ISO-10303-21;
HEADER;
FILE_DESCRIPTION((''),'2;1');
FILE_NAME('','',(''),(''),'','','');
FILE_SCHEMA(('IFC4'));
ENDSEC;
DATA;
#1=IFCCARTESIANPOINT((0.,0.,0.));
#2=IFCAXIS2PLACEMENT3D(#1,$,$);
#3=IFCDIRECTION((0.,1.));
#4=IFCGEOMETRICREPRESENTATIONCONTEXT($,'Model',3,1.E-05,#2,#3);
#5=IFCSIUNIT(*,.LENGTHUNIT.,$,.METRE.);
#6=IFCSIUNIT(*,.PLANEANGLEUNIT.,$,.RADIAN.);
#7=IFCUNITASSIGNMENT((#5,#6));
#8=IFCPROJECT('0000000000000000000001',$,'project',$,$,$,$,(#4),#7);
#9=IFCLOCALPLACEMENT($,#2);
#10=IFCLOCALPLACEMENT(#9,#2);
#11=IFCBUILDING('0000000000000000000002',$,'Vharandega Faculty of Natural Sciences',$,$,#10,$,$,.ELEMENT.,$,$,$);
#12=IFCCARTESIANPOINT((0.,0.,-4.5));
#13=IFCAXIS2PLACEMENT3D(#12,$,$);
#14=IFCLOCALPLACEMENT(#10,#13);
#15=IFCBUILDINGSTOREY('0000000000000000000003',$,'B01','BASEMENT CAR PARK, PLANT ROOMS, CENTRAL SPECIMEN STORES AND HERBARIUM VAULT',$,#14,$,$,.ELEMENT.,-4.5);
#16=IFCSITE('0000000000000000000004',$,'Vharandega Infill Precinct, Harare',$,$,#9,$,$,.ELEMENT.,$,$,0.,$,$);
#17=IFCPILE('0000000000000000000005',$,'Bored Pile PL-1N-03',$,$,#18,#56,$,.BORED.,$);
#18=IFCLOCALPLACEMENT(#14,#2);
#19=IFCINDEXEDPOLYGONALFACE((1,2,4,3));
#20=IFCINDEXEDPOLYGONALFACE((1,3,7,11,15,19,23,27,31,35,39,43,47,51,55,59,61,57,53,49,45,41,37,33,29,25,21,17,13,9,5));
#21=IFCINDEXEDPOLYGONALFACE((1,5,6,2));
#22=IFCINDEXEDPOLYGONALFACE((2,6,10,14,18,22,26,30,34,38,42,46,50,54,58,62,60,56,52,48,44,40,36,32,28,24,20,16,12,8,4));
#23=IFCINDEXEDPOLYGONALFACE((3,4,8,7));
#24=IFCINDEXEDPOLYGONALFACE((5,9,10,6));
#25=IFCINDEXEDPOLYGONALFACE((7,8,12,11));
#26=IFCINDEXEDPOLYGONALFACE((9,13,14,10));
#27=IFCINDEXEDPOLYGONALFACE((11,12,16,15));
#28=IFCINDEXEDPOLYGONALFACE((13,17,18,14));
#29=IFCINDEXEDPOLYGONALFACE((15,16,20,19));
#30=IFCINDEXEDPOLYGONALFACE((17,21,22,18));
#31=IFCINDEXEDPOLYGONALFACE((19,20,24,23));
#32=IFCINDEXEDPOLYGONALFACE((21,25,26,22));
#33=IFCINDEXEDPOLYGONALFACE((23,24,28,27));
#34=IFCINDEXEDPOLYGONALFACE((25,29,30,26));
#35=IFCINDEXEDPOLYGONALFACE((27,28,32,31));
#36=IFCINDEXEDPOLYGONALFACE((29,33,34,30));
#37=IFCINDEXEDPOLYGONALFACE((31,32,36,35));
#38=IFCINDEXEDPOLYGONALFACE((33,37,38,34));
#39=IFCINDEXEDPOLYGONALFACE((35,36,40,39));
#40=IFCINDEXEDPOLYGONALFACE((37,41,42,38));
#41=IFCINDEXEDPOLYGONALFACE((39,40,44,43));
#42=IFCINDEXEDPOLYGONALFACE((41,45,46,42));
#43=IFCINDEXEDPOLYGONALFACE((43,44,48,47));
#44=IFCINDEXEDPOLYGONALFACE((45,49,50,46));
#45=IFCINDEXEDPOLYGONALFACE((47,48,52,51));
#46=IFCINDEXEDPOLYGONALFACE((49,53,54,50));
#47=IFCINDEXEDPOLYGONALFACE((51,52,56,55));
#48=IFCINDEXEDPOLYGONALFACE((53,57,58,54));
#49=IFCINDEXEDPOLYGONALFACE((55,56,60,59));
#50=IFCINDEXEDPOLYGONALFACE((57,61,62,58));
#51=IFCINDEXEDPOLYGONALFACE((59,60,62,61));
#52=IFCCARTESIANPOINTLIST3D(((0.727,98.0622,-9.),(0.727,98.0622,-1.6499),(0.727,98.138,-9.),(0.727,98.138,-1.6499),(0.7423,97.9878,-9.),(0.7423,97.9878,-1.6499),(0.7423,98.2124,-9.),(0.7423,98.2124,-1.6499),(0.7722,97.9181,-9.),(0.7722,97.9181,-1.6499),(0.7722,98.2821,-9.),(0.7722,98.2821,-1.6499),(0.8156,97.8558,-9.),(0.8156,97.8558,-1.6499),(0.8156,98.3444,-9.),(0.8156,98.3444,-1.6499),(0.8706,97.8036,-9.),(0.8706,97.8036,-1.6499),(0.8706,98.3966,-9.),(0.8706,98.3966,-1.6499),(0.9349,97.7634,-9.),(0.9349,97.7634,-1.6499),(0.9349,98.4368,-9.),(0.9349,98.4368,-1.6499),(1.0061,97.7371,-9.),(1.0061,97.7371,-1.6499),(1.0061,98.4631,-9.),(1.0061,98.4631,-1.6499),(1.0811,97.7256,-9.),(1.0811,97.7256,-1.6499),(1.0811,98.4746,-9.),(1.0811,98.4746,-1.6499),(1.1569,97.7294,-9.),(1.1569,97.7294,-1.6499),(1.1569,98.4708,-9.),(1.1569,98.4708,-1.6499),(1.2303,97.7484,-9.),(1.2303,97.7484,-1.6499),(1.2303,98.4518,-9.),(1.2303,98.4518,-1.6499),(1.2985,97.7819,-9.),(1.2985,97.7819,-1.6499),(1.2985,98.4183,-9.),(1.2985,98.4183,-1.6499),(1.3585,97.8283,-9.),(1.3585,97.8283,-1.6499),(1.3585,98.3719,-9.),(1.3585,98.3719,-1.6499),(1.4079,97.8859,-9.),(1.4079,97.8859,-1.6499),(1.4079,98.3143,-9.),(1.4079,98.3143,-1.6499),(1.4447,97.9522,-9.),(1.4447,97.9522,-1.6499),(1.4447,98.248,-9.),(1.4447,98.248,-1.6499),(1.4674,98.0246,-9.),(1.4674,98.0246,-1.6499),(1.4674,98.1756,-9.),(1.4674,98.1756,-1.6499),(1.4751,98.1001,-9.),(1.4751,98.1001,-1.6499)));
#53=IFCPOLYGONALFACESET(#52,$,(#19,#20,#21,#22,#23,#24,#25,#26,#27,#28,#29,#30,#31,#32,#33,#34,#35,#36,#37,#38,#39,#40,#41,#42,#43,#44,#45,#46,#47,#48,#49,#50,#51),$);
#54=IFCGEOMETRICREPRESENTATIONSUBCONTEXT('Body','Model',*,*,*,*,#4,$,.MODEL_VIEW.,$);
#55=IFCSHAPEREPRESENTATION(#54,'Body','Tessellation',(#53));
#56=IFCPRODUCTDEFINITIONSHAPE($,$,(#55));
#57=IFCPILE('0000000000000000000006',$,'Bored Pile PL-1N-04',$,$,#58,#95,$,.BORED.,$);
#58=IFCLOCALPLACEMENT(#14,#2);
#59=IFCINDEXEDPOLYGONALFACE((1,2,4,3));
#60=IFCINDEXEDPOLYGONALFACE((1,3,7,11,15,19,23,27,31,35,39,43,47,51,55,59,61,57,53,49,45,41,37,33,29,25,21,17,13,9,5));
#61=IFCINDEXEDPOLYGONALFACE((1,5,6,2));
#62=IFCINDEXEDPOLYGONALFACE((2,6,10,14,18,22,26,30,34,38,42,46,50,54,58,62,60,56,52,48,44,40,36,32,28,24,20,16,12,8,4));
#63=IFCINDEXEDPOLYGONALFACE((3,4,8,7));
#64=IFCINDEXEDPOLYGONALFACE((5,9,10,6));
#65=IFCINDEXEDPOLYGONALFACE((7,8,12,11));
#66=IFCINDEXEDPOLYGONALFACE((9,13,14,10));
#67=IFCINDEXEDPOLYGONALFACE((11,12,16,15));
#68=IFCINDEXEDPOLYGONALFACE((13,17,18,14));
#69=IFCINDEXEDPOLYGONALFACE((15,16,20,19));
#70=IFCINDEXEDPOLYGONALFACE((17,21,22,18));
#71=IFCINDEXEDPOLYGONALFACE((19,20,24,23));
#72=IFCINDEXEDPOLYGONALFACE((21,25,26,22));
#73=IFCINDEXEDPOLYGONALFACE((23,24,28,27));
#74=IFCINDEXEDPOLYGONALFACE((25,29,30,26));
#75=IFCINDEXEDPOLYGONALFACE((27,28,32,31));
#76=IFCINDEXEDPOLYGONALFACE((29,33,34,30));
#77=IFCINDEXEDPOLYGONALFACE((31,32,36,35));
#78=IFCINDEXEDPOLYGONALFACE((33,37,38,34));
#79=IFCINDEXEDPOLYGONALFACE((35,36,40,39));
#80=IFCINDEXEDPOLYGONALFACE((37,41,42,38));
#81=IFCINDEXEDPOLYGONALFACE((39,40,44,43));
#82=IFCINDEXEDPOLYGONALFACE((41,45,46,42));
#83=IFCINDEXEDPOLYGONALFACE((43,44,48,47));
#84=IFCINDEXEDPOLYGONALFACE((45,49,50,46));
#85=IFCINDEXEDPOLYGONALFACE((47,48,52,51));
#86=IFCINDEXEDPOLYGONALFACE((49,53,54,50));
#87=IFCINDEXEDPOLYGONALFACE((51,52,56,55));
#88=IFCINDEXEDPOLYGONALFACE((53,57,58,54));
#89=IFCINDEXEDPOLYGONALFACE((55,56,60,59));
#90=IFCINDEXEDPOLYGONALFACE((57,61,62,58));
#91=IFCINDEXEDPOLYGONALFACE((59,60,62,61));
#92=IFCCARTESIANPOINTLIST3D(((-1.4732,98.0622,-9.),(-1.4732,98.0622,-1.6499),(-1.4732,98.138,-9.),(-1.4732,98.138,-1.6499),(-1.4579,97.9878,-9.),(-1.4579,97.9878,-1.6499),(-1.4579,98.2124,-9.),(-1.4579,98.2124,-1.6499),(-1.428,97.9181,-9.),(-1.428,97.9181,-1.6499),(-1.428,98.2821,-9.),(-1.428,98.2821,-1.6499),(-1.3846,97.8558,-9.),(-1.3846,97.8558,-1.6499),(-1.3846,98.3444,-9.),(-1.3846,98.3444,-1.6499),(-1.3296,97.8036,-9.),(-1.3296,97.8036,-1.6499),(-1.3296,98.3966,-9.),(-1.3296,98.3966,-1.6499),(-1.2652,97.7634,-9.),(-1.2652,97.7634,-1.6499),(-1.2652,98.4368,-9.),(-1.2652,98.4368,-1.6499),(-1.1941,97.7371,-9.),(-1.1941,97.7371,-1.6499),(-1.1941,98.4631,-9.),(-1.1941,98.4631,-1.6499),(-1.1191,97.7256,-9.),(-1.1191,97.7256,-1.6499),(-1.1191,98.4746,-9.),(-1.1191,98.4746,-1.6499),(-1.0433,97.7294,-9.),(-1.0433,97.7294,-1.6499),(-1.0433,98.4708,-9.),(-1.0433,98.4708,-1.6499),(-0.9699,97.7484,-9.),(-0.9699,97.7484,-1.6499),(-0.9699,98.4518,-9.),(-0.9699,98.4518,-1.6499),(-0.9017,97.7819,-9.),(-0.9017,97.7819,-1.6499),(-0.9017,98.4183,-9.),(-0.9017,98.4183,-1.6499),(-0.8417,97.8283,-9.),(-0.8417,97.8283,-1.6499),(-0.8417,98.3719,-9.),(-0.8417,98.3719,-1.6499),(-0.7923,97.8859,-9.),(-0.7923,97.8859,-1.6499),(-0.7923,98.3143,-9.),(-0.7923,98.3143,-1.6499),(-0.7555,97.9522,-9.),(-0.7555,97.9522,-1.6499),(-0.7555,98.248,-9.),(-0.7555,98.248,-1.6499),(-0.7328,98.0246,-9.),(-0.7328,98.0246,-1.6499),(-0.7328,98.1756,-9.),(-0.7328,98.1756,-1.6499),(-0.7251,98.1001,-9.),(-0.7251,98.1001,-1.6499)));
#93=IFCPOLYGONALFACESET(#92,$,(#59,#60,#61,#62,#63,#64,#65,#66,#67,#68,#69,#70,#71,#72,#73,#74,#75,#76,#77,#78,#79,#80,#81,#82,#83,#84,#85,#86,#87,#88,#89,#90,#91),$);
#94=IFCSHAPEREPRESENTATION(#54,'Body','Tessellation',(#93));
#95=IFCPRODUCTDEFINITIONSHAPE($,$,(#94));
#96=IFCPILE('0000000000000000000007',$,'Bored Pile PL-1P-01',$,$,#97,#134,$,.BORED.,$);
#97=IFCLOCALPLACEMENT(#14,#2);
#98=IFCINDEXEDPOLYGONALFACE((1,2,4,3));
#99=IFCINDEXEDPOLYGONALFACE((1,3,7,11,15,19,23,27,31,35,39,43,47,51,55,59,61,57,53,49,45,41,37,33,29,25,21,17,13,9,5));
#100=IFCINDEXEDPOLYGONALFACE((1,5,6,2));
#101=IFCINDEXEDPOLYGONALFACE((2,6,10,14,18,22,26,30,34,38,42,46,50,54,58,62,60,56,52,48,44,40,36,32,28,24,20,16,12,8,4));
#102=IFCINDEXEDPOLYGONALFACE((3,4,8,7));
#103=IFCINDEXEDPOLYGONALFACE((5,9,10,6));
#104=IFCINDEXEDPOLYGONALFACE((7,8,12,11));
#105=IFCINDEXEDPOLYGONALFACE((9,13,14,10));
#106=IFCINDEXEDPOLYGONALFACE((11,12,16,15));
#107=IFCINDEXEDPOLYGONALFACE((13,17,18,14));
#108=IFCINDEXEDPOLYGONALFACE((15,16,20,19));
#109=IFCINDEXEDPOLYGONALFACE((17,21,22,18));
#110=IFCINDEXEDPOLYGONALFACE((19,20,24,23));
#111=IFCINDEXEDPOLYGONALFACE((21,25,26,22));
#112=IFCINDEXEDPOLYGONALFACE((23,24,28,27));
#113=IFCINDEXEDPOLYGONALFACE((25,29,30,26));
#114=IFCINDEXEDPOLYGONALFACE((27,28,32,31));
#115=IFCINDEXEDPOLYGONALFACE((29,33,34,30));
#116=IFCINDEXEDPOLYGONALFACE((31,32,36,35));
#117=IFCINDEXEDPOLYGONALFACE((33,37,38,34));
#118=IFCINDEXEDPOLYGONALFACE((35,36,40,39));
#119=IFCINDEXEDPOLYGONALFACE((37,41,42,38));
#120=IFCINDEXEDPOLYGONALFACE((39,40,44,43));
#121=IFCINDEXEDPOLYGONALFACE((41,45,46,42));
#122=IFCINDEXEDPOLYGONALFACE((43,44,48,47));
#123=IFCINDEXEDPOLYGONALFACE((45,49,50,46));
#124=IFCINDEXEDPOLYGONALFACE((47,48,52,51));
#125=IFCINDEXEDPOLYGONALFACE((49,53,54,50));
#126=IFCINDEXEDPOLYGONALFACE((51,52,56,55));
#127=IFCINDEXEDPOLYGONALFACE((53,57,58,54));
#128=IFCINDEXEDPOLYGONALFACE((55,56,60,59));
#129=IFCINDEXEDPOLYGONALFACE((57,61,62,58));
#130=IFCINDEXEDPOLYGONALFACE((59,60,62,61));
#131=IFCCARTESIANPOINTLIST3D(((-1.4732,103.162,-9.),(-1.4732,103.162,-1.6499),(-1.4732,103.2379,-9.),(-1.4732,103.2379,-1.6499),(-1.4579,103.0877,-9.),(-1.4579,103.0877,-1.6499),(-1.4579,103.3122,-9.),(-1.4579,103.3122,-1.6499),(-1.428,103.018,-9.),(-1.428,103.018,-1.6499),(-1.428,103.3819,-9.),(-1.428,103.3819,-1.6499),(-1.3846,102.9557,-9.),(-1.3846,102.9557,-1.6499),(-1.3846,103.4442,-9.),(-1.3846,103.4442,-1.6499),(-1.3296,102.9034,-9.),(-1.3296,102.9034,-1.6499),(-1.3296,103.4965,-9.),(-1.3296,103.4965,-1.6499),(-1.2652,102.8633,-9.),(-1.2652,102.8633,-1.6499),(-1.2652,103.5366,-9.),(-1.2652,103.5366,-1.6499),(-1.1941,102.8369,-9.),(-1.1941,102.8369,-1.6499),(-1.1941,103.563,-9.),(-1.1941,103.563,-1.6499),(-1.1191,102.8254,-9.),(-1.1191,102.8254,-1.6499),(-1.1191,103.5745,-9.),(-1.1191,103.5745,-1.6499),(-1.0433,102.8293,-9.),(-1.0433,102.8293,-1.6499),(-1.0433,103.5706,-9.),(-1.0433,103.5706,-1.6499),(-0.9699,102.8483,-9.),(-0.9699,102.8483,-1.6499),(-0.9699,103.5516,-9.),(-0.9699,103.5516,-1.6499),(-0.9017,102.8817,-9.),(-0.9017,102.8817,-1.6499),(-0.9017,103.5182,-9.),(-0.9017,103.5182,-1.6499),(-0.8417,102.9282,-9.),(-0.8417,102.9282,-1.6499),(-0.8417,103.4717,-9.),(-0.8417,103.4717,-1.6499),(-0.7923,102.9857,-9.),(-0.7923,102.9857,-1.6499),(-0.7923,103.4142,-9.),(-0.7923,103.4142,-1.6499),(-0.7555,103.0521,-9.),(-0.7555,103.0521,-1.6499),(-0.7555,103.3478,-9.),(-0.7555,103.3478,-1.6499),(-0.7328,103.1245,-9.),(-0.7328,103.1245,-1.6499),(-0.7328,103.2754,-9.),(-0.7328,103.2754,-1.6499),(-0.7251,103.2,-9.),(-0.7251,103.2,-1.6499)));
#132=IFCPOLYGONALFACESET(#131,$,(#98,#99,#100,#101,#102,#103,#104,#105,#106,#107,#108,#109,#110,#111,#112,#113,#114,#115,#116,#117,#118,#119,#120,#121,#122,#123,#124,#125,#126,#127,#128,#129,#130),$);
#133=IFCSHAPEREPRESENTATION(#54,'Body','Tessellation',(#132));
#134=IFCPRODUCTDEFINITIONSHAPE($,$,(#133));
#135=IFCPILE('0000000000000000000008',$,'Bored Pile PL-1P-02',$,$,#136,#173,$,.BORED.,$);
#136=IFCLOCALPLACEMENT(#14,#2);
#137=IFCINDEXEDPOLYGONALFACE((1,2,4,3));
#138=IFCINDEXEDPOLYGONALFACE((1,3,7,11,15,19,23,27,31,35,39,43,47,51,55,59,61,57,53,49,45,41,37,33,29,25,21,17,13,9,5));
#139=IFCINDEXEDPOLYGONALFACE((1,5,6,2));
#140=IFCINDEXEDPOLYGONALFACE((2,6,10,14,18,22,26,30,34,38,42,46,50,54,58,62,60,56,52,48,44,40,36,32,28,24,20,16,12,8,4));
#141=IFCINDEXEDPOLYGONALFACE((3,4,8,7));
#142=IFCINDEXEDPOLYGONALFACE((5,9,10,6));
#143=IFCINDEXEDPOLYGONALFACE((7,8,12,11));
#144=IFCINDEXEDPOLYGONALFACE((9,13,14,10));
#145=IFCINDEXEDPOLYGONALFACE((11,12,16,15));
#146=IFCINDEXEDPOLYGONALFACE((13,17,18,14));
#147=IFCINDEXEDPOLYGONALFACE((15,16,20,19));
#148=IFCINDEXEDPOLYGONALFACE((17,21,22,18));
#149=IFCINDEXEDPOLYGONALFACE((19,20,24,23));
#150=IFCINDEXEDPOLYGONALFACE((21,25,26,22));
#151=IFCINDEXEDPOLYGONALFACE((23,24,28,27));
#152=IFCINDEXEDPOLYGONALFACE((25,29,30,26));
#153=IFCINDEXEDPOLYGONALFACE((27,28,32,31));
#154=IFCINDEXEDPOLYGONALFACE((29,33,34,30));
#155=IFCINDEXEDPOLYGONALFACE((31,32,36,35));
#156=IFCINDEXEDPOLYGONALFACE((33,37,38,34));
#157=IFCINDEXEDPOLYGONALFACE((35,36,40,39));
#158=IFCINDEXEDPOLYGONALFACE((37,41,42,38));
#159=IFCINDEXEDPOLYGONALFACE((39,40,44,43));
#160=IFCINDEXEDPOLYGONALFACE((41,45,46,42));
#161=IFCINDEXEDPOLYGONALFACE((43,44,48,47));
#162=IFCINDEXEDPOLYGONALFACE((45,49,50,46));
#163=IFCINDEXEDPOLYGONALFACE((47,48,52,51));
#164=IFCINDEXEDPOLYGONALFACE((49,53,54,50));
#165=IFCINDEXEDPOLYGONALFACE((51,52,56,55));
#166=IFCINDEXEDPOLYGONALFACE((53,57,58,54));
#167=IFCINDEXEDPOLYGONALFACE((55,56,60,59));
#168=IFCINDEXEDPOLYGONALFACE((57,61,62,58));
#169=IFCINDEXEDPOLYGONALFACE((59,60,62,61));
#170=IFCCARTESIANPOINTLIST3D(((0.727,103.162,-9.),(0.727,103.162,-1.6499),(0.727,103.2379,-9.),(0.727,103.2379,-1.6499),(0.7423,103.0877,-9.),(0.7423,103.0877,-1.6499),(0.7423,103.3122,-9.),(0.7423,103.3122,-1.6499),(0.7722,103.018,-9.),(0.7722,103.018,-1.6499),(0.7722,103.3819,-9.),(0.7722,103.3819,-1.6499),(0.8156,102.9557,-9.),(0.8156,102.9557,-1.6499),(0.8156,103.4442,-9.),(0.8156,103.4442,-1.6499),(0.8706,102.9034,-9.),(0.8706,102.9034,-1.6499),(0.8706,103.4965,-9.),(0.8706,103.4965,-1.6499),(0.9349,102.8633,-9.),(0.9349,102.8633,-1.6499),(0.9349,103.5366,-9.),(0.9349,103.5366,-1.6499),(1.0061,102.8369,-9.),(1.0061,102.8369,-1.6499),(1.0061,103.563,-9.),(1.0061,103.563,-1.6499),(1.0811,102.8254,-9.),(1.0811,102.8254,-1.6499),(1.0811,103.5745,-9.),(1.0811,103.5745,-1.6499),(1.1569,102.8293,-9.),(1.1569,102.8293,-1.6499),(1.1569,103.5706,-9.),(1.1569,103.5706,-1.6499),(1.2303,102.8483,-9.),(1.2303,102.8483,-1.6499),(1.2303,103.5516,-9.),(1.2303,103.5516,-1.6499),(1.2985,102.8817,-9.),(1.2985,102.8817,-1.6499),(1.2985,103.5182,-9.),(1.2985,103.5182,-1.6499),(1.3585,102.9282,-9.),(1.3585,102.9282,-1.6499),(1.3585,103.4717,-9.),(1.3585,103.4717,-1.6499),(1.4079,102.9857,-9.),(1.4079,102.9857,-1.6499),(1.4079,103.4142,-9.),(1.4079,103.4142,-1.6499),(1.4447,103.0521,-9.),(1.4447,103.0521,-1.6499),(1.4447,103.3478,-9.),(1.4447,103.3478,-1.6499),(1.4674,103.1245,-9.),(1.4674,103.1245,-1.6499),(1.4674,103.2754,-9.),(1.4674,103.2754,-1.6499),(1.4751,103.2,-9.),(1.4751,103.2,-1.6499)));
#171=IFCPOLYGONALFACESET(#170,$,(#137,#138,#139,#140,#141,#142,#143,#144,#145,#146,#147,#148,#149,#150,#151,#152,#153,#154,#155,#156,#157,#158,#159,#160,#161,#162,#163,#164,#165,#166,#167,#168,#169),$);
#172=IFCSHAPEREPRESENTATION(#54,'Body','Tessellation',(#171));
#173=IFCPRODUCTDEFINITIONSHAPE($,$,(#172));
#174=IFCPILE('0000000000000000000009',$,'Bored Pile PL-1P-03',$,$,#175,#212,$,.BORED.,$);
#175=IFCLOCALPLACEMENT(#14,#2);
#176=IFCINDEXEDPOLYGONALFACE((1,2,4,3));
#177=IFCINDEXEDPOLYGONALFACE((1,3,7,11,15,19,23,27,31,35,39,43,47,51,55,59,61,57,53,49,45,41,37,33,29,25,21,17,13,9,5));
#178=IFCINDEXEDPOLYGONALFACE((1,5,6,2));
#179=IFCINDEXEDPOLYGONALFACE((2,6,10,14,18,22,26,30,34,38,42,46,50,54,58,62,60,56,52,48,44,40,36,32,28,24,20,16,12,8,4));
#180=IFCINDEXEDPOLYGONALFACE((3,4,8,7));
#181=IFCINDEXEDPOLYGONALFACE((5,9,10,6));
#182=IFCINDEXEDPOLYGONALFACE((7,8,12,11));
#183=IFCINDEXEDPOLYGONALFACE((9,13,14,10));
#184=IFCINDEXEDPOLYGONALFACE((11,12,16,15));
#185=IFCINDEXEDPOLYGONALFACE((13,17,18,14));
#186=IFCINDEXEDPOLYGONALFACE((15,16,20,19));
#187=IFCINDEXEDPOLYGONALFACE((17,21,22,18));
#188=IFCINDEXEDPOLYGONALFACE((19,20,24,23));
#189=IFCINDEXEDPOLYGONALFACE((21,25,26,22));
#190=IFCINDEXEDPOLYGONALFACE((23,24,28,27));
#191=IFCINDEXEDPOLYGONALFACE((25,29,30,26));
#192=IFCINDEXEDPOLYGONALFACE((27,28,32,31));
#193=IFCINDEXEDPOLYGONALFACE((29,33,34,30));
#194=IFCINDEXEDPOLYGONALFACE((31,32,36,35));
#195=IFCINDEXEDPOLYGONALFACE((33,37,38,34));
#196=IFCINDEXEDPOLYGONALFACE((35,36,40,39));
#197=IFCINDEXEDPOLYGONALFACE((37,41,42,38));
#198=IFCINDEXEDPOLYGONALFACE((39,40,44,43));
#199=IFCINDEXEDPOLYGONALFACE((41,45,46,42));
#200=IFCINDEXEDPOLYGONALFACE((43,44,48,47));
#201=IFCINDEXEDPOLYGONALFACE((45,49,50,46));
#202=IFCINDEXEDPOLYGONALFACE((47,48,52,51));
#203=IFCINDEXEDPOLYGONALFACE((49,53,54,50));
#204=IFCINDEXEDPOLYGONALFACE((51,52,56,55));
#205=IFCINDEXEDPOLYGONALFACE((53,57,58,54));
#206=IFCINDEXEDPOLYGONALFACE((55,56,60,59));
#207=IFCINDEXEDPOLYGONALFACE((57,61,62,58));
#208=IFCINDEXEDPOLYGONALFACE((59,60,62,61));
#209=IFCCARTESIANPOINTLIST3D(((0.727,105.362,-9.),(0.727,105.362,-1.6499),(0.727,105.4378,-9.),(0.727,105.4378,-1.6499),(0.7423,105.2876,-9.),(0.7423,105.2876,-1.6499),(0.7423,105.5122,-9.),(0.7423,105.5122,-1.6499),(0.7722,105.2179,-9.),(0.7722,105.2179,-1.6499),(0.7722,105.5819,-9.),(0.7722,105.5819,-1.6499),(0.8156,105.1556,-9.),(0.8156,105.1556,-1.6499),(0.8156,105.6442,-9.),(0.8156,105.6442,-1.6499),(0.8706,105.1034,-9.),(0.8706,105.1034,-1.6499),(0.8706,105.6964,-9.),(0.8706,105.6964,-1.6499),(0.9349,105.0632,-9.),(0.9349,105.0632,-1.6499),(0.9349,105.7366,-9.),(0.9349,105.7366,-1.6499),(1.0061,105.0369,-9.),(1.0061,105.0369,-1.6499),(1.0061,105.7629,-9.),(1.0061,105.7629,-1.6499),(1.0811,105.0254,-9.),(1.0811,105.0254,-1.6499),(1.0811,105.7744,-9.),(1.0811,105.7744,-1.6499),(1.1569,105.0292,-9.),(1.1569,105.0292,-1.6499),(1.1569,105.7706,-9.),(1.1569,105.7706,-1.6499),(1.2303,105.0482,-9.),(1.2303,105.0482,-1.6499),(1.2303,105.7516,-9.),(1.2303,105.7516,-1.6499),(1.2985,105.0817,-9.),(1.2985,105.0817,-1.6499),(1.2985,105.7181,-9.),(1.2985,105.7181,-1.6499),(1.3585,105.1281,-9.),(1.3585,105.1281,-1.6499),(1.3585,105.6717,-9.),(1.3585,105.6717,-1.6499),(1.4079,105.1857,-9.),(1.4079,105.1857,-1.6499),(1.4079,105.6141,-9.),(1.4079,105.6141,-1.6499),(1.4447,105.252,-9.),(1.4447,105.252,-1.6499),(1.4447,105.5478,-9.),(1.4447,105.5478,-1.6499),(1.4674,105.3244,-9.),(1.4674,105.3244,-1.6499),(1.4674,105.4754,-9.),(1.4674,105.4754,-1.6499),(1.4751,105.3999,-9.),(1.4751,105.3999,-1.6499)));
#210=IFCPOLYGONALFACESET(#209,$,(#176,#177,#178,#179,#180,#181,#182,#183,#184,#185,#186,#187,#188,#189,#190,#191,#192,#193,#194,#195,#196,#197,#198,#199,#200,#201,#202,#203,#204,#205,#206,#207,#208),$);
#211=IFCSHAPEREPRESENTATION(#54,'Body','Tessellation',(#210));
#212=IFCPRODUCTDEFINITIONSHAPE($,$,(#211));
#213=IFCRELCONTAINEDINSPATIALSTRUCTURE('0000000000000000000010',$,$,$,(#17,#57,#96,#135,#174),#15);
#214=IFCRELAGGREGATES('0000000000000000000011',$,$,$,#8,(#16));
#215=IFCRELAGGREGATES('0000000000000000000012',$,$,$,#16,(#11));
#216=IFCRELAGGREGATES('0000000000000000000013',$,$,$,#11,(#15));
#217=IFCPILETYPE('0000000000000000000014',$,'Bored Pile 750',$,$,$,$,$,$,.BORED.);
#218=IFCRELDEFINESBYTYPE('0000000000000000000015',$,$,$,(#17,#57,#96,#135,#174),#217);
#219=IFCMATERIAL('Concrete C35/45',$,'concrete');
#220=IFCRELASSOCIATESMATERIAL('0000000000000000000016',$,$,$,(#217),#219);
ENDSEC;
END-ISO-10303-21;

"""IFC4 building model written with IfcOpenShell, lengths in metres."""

from ifc_helpers import new_model, si_unit, direction, frame, origin, origin_2d, place, context, subcontext, project, spatial, circle, extrude, material, material_profile, profile_set, type_object, element, save


model = new_model("IFC4")

# Units and contexts
model_context = context("Model", 3, precision=1e-05, world=origin(), true_north=direction((0.0, 1.0)))
body_context = subcontext(model_context, "Body", "Model", "MODEL_VIEW")
ifc_project = project(units=[si_unit("LENGTHUNIT", "METRE"), si_unit("PLANEANGLEUNIT", "RADIAN")], contexts=[model_context])

# Site, building, storey
site_placement = place(None, origin())
site = spatial("IfcSite", under=ifc_project, at=site_placement, Name="Vharandega Infill Precinct, Harare", CompositionType="ELEMENT", RefElevation=0.0)
building_placement = place(site_placement, origin())
building = spatial("IfcBuilding", under=site, at=building_placement, Name="Vharandega Faculty of Natural Sciences", CompositionType="ELEMENT")
storey_placement = place(building_placement, frame((0.0, 0.0, -4.5)))
storey = spatial("IfcBuildingStorey", under=building, at=storey_placement, Name="B01", Description="BASEMENT CAR PARK, PLANT ROOMS, CENTRAL SPECIMEN STORES AND HERBARIUM VAULT", CompositionType="ELEMENT", Elevation=-4.5)

# Piles
ifc_material_1 = material(Name="Concrete C35/45", Category="concrete")
ifc_material_profile_1 = material_profile(ifc_material_1, circle(Radius=0.375, at=origin_2d()), Name="PILE 750")
ifc_profile_set_1 = profile_set([ifc_material_profile_1], Name="Concrete C35/45")
pile_type = type_object("IfcPileType", Name="Bored Pile 750", PredefinedType="BORED", material=ifc_profile_set_1)
for number, where, z_axis, x_axis, name in (
    (1, (1.1001, 98.1001, -1.6499), (0.0, 0.0, -1.0), (1.0, 0.0, 0.0), "Bored Pile PL-1N-03"),
    (2, (-1.1001, 98.1001, -1.6499), (0.0, 0.0, -1.0), (1.0, 0.0, 0.0), "Bored Pile PL-1N-04"),
    (3, (-1.1001, 103.2, -1.6499), (0.0, 0.0, -1.0), (1.0, 0.0, 0.0), "Bored Pile PL-1P-01"),
    (4, (1.1001, 103.2, -1.6499), (0.0, 0.0, -1.0), (1.0, 0.0, 0.0), "Bored Pile PL-1P-02"),
    (5, (1.1001, 105.3999, -1.6499), (0.0, 0.0, -1.0), (1.0, 0.0, 0.0), "Bored Pile PL-1P-03"),
):
    element("IfcPile", number, at=place(storey_placement, frame(where, z_axis=z_axis, x_axis=x_axis)), inside=storey, type_object=pile_type, Name=name, PredefinedType="BORED", context=body_context, shape_type="SweptSolid", body=[
        extrude(circle(Radius=0.375, at=origin_2d()), origin(), (0.0, 0.0, 1.0), 7.3501),
    ])

save(model, "model.ifc")
